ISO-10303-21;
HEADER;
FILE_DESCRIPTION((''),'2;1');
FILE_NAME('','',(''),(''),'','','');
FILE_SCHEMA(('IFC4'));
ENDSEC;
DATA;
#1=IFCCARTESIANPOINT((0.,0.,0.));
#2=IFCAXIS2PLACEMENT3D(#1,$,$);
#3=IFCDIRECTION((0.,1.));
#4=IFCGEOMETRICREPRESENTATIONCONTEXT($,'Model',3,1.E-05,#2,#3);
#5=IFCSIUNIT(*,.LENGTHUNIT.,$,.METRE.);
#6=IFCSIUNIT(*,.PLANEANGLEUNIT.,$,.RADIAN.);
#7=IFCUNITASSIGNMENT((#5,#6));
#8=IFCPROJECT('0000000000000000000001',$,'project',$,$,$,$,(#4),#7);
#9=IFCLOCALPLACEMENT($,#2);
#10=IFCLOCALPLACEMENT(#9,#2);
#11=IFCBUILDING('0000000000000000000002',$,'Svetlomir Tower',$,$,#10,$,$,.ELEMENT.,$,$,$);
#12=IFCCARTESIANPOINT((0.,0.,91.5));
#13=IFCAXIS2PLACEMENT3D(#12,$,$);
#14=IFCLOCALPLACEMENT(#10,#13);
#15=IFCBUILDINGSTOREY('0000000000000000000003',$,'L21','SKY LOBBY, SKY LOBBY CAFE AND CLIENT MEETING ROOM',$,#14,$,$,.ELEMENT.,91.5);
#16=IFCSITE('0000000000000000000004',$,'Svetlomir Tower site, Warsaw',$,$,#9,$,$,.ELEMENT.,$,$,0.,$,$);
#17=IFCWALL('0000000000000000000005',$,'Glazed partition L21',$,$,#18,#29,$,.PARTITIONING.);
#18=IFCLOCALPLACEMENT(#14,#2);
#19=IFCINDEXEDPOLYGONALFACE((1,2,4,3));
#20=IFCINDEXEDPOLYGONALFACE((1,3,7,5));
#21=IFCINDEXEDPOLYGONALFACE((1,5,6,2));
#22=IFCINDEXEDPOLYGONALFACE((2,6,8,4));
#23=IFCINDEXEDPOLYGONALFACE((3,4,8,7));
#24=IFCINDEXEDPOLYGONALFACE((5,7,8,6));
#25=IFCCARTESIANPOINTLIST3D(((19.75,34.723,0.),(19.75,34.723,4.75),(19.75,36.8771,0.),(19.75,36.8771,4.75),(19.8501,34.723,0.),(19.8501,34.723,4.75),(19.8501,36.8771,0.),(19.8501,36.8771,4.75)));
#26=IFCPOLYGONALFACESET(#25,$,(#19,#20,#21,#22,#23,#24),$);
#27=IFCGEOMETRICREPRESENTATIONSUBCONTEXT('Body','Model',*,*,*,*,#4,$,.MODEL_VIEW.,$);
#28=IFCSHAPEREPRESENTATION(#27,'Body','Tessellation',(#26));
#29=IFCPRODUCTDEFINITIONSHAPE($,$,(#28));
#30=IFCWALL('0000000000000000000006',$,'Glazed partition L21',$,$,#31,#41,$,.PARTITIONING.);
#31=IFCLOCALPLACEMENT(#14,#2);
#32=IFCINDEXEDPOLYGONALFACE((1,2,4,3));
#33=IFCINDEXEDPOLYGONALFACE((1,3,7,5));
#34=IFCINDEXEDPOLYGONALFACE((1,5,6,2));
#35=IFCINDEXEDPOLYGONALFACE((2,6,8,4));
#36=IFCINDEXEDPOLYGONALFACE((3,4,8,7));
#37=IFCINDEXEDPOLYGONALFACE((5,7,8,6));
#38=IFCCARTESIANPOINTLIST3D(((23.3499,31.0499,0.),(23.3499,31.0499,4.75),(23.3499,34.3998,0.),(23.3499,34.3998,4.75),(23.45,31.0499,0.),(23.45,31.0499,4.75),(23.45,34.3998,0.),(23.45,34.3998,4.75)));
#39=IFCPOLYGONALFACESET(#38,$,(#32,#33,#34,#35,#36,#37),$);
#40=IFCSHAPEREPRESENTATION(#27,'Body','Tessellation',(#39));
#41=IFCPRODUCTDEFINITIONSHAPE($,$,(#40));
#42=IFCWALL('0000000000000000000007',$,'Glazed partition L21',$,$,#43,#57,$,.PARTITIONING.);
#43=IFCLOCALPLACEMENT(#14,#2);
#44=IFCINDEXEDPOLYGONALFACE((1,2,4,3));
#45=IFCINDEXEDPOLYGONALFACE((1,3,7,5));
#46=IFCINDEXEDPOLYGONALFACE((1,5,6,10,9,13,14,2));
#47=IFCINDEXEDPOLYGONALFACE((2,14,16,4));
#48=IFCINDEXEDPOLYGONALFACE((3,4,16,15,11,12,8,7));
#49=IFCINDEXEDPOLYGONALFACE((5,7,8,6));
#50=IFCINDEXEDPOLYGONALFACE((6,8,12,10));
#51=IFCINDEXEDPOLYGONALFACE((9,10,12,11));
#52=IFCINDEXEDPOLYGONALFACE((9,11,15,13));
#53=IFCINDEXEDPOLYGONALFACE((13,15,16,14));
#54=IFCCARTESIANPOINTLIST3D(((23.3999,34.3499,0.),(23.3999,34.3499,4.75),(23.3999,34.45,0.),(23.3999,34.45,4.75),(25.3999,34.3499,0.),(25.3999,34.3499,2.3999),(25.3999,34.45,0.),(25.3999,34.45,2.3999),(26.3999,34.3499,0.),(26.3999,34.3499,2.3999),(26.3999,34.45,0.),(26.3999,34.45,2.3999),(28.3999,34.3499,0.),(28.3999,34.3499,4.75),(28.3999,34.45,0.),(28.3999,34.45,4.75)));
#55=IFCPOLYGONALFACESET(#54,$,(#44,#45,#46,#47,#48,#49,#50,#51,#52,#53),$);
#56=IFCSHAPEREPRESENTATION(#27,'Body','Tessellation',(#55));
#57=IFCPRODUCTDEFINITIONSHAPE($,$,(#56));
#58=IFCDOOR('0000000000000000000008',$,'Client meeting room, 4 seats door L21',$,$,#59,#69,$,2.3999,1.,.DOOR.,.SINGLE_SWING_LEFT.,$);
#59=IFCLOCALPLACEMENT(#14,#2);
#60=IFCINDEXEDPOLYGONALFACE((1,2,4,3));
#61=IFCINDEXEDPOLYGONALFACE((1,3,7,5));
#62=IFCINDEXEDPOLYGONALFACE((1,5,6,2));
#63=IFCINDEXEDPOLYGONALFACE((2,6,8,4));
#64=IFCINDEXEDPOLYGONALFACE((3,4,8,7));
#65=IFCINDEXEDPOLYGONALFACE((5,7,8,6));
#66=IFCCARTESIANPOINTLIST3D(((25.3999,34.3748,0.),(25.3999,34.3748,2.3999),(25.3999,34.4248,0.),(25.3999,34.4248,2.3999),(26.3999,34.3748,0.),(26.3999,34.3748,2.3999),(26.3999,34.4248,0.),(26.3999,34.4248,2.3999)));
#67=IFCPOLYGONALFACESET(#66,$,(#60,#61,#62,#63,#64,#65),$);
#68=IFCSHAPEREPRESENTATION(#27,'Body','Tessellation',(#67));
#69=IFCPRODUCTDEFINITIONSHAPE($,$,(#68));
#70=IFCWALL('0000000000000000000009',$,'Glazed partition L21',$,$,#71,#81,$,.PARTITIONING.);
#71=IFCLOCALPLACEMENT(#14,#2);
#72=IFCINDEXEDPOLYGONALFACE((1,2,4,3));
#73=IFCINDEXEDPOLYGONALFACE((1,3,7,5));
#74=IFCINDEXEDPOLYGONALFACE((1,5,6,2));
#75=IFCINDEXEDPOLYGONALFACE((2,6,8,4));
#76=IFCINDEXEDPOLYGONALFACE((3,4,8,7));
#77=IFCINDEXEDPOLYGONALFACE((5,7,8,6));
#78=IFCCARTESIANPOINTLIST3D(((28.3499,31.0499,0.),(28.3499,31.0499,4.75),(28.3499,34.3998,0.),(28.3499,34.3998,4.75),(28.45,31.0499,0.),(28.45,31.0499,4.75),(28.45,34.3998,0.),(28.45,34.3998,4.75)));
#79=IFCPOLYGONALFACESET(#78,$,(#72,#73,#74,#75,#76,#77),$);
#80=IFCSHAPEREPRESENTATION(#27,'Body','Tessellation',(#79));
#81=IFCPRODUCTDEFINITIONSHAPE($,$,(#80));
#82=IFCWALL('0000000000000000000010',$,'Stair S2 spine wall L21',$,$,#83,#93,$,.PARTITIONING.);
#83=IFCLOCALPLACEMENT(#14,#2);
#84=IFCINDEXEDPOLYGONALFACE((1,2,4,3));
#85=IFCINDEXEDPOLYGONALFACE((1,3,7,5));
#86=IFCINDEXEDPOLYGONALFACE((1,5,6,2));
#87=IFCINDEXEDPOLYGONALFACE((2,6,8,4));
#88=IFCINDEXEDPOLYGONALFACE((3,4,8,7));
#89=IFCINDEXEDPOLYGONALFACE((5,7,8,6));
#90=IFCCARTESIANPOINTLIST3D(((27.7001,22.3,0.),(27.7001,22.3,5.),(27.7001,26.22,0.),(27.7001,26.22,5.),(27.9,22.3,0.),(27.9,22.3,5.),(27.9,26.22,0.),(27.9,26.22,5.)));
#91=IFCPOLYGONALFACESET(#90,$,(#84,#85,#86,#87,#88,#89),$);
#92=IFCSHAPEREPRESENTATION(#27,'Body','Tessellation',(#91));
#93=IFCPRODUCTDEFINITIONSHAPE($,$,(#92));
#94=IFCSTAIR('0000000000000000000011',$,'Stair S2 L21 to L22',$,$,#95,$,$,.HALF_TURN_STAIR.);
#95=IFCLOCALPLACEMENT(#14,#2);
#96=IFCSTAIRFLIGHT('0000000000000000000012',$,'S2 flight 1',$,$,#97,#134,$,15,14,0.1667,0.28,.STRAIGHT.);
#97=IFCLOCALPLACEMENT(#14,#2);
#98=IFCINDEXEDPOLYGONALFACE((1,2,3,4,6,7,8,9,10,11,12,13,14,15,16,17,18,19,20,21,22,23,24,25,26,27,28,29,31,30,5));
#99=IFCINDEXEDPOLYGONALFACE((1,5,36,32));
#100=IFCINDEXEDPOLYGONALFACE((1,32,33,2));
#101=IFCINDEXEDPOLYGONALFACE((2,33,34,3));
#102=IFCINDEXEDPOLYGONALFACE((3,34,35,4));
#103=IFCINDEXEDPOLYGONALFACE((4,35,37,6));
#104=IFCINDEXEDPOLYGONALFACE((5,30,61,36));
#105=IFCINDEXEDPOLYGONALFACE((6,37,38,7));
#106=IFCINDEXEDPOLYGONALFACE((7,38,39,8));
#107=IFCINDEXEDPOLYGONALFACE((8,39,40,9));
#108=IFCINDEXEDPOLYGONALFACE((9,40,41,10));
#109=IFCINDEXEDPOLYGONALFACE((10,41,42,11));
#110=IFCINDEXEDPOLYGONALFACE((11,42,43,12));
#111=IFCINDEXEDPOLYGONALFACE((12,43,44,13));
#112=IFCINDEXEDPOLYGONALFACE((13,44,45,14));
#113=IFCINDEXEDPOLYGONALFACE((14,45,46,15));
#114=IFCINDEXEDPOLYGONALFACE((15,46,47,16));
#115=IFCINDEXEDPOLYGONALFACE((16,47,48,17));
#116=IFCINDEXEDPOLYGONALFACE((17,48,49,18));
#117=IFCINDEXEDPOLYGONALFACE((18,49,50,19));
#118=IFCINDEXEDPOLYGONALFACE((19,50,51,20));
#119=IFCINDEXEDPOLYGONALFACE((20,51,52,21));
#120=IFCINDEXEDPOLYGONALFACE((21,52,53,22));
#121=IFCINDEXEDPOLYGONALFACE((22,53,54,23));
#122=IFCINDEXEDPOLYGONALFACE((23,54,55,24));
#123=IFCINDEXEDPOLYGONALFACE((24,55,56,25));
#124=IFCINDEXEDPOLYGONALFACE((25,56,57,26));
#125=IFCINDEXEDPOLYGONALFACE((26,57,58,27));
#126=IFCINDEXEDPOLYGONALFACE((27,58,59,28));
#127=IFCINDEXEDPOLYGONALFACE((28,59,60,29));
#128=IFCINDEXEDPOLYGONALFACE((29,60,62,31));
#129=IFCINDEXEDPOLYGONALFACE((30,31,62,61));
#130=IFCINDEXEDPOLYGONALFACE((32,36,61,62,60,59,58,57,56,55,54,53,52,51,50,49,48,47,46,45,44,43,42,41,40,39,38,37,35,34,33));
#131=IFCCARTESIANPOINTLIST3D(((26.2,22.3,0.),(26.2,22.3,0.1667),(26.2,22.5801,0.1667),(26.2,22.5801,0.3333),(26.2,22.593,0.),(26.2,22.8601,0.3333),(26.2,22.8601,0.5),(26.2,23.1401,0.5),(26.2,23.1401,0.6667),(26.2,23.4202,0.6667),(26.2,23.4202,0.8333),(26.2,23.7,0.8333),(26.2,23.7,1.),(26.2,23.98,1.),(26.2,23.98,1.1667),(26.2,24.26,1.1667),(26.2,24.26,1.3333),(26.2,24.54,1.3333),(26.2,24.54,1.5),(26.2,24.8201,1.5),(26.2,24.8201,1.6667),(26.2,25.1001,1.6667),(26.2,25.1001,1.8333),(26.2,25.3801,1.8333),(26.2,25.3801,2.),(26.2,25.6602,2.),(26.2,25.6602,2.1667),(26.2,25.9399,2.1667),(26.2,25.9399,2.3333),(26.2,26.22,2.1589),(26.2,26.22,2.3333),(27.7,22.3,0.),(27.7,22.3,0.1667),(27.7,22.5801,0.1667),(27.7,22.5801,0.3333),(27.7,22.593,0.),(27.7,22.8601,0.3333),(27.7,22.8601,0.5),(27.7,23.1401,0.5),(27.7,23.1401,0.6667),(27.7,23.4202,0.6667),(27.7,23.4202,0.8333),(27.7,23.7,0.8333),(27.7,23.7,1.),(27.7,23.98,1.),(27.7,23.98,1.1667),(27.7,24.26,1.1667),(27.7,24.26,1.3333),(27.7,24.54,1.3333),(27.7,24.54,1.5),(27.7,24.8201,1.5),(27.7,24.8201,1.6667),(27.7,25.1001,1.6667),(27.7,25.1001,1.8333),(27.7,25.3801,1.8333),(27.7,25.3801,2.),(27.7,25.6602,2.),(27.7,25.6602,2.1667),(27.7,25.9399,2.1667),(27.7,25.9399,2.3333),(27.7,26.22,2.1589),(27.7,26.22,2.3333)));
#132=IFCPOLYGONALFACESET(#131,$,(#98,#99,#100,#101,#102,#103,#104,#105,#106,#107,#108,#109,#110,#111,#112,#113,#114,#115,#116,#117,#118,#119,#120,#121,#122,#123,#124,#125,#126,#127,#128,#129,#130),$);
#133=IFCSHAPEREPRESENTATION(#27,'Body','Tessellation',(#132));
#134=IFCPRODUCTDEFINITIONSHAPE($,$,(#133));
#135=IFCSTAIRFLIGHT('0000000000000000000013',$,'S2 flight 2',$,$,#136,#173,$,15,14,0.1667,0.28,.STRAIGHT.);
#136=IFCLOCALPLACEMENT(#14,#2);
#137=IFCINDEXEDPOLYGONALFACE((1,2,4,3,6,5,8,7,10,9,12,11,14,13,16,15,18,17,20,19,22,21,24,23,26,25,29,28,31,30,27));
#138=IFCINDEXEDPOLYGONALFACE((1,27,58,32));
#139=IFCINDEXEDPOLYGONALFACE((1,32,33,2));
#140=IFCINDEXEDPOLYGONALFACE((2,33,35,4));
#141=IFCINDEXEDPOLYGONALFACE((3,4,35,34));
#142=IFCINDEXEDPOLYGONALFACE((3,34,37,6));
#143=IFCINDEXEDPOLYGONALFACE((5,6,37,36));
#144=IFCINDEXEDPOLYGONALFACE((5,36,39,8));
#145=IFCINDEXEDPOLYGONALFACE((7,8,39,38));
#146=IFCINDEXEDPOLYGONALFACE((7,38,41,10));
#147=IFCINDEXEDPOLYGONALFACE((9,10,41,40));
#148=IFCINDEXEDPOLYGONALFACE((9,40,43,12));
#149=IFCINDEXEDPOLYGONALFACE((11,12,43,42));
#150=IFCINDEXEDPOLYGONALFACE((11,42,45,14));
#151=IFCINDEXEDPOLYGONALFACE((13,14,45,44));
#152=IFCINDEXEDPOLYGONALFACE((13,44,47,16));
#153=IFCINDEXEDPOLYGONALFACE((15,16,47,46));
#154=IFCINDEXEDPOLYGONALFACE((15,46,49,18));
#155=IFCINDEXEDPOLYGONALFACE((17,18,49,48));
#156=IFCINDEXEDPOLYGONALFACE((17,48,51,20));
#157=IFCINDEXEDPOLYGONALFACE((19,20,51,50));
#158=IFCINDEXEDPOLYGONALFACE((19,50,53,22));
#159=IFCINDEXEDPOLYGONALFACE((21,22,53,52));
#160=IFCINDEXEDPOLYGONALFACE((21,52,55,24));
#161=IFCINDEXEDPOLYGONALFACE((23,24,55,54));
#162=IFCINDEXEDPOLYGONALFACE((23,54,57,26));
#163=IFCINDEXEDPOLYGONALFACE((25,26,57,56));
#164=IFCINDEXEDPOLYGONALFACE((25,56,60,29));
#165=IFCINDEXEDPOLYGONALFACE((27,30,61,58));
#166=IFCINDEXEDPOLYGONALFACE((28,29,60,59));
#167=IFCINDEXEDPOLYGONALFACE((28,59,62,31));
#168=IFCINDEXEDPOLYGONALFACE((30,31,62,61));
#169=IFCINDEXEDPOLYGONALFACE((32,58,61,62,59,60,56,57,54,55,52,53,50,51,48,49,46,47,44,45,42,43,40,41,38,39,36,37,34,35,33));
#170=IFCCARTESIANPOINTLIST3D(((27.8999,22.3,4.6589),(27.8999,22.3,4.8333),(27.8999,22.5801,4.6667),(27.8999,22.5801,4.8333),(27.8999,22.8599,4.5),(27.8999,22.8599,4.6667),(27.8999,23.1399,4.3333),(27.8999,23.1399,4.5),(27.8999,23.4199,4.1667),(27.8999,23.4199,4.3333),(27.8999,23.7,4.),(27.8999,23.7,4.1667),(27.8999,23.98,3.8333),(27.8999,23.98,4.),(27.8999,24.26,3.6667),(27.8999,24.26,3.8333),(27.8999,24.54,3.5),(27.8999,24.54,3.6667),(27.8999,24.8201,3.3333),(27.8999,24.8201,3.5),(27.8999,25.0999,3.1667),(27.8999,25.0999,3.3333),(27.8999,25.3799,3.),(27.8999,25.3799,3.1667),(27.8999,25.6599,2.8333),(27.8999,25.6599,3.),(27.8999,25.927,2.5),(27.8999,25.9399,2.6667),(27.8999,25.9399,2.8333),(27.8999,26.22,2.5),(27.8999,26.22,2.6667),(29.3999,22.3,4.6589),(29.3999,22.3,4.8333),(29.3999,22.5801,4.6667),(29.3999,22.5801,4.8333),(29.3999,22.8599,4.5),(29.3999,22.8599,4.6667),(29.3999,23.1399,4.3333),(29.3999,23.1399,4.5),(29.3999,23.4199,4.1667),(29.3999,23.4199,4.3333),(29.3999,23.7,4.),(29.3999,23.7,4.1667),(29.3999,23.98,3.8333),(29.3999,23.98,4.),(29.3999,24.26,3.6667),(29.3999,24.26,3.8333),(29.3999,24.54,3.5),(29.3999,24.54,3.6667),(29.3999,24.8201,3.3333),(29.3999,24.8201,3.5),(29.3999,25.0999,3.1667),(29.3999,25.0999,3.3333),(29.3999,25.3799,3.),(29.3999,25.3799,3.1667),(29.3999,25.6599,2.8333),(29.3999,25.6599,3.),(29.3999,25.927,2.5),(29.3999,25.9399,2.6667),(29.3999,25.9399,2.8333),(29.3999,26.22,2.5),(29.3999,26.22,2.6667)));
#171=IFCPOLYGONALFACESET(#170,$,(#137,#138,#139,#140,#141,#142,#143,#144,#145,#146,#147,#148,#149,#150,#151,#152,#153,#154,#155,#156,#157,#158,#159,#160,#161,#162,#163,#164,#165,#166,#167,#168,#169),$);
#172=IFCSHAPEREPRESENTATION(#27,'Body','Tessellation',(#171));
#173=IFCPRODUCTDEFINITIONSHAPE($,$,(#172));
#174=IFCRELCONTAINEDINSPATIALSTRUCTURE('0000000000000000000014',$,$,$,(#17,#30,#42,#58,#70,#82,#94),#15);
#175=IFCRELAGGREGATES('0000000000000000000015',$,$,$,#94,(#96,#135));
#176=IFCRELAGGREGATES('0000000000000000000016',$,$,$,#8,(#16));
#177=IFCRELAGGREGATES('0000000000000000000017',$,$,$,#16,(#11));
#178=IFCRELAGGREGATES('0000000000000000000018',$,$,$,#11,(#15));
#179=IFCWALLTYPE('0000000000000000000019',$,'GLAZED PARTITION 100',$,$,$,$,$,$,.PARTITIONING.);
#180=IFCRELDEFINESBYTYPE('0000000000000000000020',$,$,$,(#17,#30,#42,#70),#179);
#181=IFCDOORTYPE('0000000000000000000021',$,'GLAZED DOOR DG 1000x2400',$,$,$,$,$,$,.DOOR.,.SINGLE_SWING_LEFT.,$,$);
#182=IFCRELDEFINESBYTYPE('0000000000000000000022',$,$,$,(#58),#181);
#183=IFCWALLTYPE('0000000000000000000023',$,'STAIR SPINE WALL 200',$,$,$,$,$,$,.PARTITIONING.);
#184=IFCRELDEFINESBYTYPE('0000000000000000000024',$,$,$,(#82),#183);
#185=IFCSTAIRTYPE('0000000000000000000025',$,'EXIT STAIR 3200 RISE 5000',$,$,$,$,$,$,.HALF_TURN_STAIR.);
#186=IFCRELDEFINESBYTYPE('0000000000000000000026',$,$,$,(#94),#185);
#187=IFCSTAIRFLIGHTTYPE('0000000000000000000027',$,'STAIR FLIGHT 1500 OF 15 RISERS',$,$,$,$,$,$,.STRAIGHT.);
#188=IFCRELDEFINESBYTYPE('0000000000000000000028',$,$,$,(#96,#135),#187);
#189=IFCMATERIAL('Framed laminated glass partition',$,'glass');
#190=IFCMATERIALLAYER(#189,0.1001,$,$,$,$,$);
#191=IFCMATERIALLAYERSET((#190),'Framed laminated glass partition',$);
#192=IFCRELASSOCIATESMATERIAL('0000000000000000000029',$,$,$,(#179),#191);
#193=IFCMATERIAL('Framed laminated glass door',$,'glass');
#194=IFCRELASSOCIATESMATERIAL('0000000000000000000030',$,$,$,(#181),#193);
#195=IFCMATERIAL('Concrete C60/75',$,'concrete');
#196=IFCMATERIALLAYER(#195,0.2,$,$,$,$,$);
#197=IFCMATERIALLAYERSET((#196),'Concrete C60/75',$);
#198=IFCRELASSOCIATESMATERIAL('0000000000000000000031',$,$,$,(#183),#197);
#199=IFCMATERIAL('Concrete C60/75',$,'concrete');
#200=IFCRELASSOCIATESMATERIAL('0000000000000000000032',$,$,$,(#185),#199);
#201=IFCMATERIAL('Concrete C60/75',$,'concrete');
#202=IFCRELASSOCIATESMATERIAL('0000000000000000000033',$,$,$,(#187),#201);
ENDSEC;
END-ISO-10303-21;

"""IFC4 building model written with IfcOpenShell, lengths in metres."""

from ifc_helpers import new_model, si_unit, direction, frame, frame_2d, origin, place, context, subcontext, project, spatial, polyline, rectangle, outline, extrude, material, layer, layer_set, type_object, element, fill, aggregate, save


model = new_model("IFC4")

# Units and contexts
model_context = context("Model", 3, precision=1e-05, world=origin(), true_north=direction((0.0, 1.0)))
body_context = subcontext(model_context, "Body", "Model", "MODEL_VIEW")
ifc_project = project(units=[si_unit("LENGTHUNIT", "METRE"), si_unit("PLANEANGLEUNIT", "RADIAN")], contexts=[model_context])

# Site, building, storey
site_placement = place(None, origin())
site = spatial("IfcSite", under=ifc_project, at=site_placement, Name="Svetlomir Tower site, Warsaw", CompositionType="ELEMENT", RefElevation=0.0)
building_placement = place(site_placement, origin())
building = spatial("IfcBuilding", under=site, at=building_placement, Name="Svetlomir Tower", CompositionType="ELEMENT")
storey_placement = place(building_placement, frame((0.0, 0.0, 91.5)))
storey = spatial("IfcBuildingStorey", under=building, at=storey_placement, Name="L21", Description="SKY LOBBY, SKY LOBBY CAFE AND CLIENT MEETING ROOM", CompositionType="ELEMENT", Elevation=91.5)

# Shared definitions
ifc_material_1 = material(Name="Framed laminated glass partition", Category="glass")
ifc_layer_1 = layer(ifc_material_1, 0.1001)
ifc_layer_set_1 = layer_set([ifc_layer_1], Name="Framed laminated glass partition")
wall_type_1 = type_object("IfcWallType", Name="GLAZED PARTITION 100", PredefinedType="PARTITIONING", material=ifc_layer_set_1)
ifc_material_2 = material(Name="Framed laminated glass door", Category="glass")
door_type_1 = type_object("IfcDoorType", Name="GLAZED DOOR DG 1000x2400", OperationType="SINGLE_SWING_LEFT", PredefinedType="DOOR", material=ifc_material_2)

# Walls
wall_1_placement = place(storey_placement, frame((19.8, 34.7229, 0.0), z_axis=(0.0, 0.0, 1.0), x_axis=(0.0, 1.0, 0.0)))
element("IfcWall", 1, at=wall_1_placement, inside=storey, type_object=wall_type_1, Name="Glazed partition L21", PredefinedType="PARTITIONING", context=body_context, shape_type="SweptSolid", body=[
    extrude(rectangle(XDim=2.1541, YDim=0.1001, at=frame_2d((1.0771, 0.0))), origin(), (0.0, 0.0, 1.0), 4.75),
])
wall_2_placement = place(storey_placement, frame((23.3999, 31.05, 0.0), z_axis=(0.0, 0.0, 1.0), x_axis=(0.0, 1.0, 0.0)))
element("IfcWall", 2, at=wall_2_placement, inside=storey, type_object=wall_type_1, Name="Glazed partition L21", PredefinedType="PARTITIONING", context=body_context, shape_type="SweptSolid", body=[
    extrude(rectangle(XDim=3.3499, YDim=0.1001, at=frame_2d((1.6748, 0.0))), origin(), (0.0, 0.0, 1.0), 4.75),
])

# Wall, opening, door
wall_3_placement = place(storey_placement, frame((23.3999, 34.3999, 0.0), z_axis=(0.0, 0.0, 1.0), x_axis=(1.0, 0.0, 0.0)))
wall_3 = element("IfcWall", 3, at=wall_3_placement, inside=storey, type_object=wall_type_1, Name="Glazed partition L21", PredefinedType="PARTITIONING", context=body_context, shape_type="SweptSolid", body=[
    extrude(rectangle(XDim=5.0, YDim=0.1001, at=frame_2d((2.5, 0.0))), origin(), (0.0, 0.0, 1.0), 4.75),
])
opening_1_placement = place(wall_3_placement, frame((2.0, 0.0, 0.0)))
opening_1 = element("IfcOpeningElement", 4, at=opening_1_placement, cuts=wall_3, PredefinedType="OPENING", context=body_context, shape_type="SweptSolid", body=[
    extrude(rectangle(XDim=1.0, YDim=2.3999, at=frame_2d((0.5, 1.2))), frame((0.0, 0.0601, 0.0), z_axis=(0.0, -1.0, 0.0), x_axis=(1.0, 0.0, 0.0)), (0.0, 0.0, 1.0), 0.1201),
])
door_1_placement = place(opening_1_placement, origin())
door_1 = element("IfcDoor", 5, at=door_1_placement, inside=storey, type_object=door_type_1, Name="Client meeting room, 4 seats door L21", OperationType="SINGLE_SWING_LEFT", OverallHeight=2.3999, OverallWidth=1.0, PredefinedType="DOOR", context=body_context, shape_type="SweptSolid", body=[
    extrude(rectangle(XDim=1.0, YDim=2.3999, at=frame_2d((0.5, 1.2))), frame((0.0, 0.0249, 0.0), z_axis=(0.0, -1.0, 0.0), x_axis=(1.0, 0.0, 0.0)), (0.0, 0.0, 1.0), 0.05),
])
fill(opening_1, door_1)

# Walls
wall_4_placement = place(storey_placement, frame((28.3999, 31.05, 0.0), z_axis=(0.0, 0.0, 1.0), x_axis=(0.0, 1.0, 0.0)))
element("IfcWall", 6, at=wall_4_placement, inside=storey, type_object=wall_type_1, Name="Glazed partition L21", PredefinedType="PARTITIONING", context=body_context, shape_type="SweptSolid", body=[
    extrude(rectangle(XDim=3.3499, YDim=0.1001, at=frame_2d((1.6748, 0.0))), origin(), (0.0, 0.0, 1.0), 4.75),
])
ifc_material_3 = material(Name="Concrete C60/75", Category="concrete")
ifc_layer_2 = layer(ifc_material_3, 0.2)
ifc_layer_set_2 = layer_set([ifc_layer_2], Name="Concrete C60/75")
wall_type_2 = type_object("IfcWallType", Name="STAIR SPINE WALL 200", PredefinedType="PARTITIONING", material=ifc_layer_set_2)
wall_5_placement = place(storey_placement, frame((27.8, 22.3, 0.0), z_axis=(0.0, 0.0, 1.0), x_axis=(0.0, 1.0, 0.0)))
element("IfcWall", 7, at=wall_5_placement, inside=storey, type_object=wall_type_2, Name="Stair S2 spine wall L21", PredefinedType="PARTITIONING", context=body_context, shape_type="SweptSolid", body=[
    extrude(rectangle(XDim=3.9199, YDim=0.2, at=frame_2d((1.96, 0.0))), origin(), (0.0, 0.0, 1.0), 5.0),
])

# Stair, stair flights
ifc_material_4 = material(Name="Concrete C60/75", Category="concrete")
stair_type = type_object("IfcStairType", Name="EXIT STAIR 3200 RISE 5000", PredefinedType="HALF_TURN_STAIR", material=ifc_material_4)
stair_placement = place(storey_placement, origin())
stair = element("IfcStair", 8, at=stair_placement, inside=storey, type_object=stair_type, Name="Stair S2 L21 to L22", PredefinedType="HALF_TURN_STAIR")
ifc_material_5 = material(Name="Concrete C60/75", Category="concrete")
stair_flight_type = type_object("IfcStairFlightType", Name="STAIR FLIGHT 1500 OF 15 RISERS", PredefinedType="STRAIGHT", material=ifc_material_5)
stair_flight_1_placement = place(storey_placement, frame((26.95, 22.3, 0.0), z_axis=(0.0, 0.0, 1.0), x_axis=(0.0, 1.0, 0.0)))
stair_flight_1 = element("IfcStairFlight", 9, at=stair_flight_1_placement, type_object=stair_flight_type, Name="S2 flight 1", NumberOfRisers=15, NumberOfTreads=14, PredefinedType="STRAIGHT", RiserHeight=0.1667, TreadLength=0.28, context=body_context, shape_type="SweptSolid", body=[
    extrude(outline(polyline([(0.0, 0.0), (0.0, 0.1667), (0.28, 0.1667), (0.28, 0.3333), (0.5601, 0.3333), (0.5601, 0.5), (0.8401, 0.5), (0.8401, 0.6667), (1.1201, 0.6667), (1.1201, 0.8333), (1.3999, 0.8333), (1.3999, 1.0), (1.6799, 1.0), (1.6799, 1.1667), (1.96, 1.1667), (1.96, 1.3333), (2.24, 1.3333), (2.24, 1.5), (2.52, 1.5), (2.52, 1.6667), (2.8, 1.6667), (2.8, 1.8333), (3.0801, 1.8333), (3.0801, 2.0), (3.3601, 2.0), (3.3601, 2.1667), (3.6399, 2.1667), (3.6399, 2.3333), (3.9199, 2.3333), (3.9199, 2.5), (3.9199, 2.1589), (0.293, 0.0), (0.0, 0.0)])), frame((0.0, 0.75, 0.0), z_axis=(0.0, -1.0, 0.0), x_axis=(1.0, 0.0, 0.0)), (0.0, 0.0, 1.0), 1.5),
])
stair_flight_2_placement = place(storey_placement, frame((28.6499, 26.22, 2.5), z_axis=(0.0, 0.0, 1.0), x_axis=(0.0, -1.0, 0.0)))
stair_flight_2 = element("IfcStairFlight", 10, at=stair_flight_2_placement, type_object=stair_flight_type, Name="S2 flight 2", NumberOfRisers=15, NumberOfTreads=14, PredefinedType="STRAIGHT", RiserHeight=0.1667, TreadLength=0.28, context=body_context, shape_type="SweptSolid", body=[
    extrude(outline(polyline([(0.0, 0.0), (0.0, 0.1667), (0.28, 0.1667), (0.28, 0.3333), (0.5601, 0.3333), (0.5601, 0.5), (0.8401, 0.5), (0.8401, 0.6667), (1.1201, 0.6667), (1.1201, 0.8333), (1.3999, 0.8333), (1.3999, 1.0), (1.6799, 1.0), (1.6799, 1.1667), (1.96, 1.1667), (1.96, 1.3333), (2.24, 1.3333), (2.24, 1.5), (2.52, 1.5), (2.52, 1.6667), (2.8, 1.6667), (2.8, 1.8333), (3.0801, 1.8333), (3.0801, 2.0), (3.3601, 2.0), (3.3601, 2.1667), (3.6399, 2.1667), (3.6399, 2.3333), (3.9199, 2.3333), (3.9199, 2.5), (3.9199, 2.1589), (0.293, 0.0), (0.0, 0.0)])), frame((0.0, 0.75, 0.0), z_axis=(0.0, -1.0, 0.0), x_axis=(1.0, 0.0, 0.0)), (0.0, 0.0, 1.0), 1.5),
])
aggregate(stair, [stair_flight_1, stair_flight_2])

save(model, "model.ifc")
